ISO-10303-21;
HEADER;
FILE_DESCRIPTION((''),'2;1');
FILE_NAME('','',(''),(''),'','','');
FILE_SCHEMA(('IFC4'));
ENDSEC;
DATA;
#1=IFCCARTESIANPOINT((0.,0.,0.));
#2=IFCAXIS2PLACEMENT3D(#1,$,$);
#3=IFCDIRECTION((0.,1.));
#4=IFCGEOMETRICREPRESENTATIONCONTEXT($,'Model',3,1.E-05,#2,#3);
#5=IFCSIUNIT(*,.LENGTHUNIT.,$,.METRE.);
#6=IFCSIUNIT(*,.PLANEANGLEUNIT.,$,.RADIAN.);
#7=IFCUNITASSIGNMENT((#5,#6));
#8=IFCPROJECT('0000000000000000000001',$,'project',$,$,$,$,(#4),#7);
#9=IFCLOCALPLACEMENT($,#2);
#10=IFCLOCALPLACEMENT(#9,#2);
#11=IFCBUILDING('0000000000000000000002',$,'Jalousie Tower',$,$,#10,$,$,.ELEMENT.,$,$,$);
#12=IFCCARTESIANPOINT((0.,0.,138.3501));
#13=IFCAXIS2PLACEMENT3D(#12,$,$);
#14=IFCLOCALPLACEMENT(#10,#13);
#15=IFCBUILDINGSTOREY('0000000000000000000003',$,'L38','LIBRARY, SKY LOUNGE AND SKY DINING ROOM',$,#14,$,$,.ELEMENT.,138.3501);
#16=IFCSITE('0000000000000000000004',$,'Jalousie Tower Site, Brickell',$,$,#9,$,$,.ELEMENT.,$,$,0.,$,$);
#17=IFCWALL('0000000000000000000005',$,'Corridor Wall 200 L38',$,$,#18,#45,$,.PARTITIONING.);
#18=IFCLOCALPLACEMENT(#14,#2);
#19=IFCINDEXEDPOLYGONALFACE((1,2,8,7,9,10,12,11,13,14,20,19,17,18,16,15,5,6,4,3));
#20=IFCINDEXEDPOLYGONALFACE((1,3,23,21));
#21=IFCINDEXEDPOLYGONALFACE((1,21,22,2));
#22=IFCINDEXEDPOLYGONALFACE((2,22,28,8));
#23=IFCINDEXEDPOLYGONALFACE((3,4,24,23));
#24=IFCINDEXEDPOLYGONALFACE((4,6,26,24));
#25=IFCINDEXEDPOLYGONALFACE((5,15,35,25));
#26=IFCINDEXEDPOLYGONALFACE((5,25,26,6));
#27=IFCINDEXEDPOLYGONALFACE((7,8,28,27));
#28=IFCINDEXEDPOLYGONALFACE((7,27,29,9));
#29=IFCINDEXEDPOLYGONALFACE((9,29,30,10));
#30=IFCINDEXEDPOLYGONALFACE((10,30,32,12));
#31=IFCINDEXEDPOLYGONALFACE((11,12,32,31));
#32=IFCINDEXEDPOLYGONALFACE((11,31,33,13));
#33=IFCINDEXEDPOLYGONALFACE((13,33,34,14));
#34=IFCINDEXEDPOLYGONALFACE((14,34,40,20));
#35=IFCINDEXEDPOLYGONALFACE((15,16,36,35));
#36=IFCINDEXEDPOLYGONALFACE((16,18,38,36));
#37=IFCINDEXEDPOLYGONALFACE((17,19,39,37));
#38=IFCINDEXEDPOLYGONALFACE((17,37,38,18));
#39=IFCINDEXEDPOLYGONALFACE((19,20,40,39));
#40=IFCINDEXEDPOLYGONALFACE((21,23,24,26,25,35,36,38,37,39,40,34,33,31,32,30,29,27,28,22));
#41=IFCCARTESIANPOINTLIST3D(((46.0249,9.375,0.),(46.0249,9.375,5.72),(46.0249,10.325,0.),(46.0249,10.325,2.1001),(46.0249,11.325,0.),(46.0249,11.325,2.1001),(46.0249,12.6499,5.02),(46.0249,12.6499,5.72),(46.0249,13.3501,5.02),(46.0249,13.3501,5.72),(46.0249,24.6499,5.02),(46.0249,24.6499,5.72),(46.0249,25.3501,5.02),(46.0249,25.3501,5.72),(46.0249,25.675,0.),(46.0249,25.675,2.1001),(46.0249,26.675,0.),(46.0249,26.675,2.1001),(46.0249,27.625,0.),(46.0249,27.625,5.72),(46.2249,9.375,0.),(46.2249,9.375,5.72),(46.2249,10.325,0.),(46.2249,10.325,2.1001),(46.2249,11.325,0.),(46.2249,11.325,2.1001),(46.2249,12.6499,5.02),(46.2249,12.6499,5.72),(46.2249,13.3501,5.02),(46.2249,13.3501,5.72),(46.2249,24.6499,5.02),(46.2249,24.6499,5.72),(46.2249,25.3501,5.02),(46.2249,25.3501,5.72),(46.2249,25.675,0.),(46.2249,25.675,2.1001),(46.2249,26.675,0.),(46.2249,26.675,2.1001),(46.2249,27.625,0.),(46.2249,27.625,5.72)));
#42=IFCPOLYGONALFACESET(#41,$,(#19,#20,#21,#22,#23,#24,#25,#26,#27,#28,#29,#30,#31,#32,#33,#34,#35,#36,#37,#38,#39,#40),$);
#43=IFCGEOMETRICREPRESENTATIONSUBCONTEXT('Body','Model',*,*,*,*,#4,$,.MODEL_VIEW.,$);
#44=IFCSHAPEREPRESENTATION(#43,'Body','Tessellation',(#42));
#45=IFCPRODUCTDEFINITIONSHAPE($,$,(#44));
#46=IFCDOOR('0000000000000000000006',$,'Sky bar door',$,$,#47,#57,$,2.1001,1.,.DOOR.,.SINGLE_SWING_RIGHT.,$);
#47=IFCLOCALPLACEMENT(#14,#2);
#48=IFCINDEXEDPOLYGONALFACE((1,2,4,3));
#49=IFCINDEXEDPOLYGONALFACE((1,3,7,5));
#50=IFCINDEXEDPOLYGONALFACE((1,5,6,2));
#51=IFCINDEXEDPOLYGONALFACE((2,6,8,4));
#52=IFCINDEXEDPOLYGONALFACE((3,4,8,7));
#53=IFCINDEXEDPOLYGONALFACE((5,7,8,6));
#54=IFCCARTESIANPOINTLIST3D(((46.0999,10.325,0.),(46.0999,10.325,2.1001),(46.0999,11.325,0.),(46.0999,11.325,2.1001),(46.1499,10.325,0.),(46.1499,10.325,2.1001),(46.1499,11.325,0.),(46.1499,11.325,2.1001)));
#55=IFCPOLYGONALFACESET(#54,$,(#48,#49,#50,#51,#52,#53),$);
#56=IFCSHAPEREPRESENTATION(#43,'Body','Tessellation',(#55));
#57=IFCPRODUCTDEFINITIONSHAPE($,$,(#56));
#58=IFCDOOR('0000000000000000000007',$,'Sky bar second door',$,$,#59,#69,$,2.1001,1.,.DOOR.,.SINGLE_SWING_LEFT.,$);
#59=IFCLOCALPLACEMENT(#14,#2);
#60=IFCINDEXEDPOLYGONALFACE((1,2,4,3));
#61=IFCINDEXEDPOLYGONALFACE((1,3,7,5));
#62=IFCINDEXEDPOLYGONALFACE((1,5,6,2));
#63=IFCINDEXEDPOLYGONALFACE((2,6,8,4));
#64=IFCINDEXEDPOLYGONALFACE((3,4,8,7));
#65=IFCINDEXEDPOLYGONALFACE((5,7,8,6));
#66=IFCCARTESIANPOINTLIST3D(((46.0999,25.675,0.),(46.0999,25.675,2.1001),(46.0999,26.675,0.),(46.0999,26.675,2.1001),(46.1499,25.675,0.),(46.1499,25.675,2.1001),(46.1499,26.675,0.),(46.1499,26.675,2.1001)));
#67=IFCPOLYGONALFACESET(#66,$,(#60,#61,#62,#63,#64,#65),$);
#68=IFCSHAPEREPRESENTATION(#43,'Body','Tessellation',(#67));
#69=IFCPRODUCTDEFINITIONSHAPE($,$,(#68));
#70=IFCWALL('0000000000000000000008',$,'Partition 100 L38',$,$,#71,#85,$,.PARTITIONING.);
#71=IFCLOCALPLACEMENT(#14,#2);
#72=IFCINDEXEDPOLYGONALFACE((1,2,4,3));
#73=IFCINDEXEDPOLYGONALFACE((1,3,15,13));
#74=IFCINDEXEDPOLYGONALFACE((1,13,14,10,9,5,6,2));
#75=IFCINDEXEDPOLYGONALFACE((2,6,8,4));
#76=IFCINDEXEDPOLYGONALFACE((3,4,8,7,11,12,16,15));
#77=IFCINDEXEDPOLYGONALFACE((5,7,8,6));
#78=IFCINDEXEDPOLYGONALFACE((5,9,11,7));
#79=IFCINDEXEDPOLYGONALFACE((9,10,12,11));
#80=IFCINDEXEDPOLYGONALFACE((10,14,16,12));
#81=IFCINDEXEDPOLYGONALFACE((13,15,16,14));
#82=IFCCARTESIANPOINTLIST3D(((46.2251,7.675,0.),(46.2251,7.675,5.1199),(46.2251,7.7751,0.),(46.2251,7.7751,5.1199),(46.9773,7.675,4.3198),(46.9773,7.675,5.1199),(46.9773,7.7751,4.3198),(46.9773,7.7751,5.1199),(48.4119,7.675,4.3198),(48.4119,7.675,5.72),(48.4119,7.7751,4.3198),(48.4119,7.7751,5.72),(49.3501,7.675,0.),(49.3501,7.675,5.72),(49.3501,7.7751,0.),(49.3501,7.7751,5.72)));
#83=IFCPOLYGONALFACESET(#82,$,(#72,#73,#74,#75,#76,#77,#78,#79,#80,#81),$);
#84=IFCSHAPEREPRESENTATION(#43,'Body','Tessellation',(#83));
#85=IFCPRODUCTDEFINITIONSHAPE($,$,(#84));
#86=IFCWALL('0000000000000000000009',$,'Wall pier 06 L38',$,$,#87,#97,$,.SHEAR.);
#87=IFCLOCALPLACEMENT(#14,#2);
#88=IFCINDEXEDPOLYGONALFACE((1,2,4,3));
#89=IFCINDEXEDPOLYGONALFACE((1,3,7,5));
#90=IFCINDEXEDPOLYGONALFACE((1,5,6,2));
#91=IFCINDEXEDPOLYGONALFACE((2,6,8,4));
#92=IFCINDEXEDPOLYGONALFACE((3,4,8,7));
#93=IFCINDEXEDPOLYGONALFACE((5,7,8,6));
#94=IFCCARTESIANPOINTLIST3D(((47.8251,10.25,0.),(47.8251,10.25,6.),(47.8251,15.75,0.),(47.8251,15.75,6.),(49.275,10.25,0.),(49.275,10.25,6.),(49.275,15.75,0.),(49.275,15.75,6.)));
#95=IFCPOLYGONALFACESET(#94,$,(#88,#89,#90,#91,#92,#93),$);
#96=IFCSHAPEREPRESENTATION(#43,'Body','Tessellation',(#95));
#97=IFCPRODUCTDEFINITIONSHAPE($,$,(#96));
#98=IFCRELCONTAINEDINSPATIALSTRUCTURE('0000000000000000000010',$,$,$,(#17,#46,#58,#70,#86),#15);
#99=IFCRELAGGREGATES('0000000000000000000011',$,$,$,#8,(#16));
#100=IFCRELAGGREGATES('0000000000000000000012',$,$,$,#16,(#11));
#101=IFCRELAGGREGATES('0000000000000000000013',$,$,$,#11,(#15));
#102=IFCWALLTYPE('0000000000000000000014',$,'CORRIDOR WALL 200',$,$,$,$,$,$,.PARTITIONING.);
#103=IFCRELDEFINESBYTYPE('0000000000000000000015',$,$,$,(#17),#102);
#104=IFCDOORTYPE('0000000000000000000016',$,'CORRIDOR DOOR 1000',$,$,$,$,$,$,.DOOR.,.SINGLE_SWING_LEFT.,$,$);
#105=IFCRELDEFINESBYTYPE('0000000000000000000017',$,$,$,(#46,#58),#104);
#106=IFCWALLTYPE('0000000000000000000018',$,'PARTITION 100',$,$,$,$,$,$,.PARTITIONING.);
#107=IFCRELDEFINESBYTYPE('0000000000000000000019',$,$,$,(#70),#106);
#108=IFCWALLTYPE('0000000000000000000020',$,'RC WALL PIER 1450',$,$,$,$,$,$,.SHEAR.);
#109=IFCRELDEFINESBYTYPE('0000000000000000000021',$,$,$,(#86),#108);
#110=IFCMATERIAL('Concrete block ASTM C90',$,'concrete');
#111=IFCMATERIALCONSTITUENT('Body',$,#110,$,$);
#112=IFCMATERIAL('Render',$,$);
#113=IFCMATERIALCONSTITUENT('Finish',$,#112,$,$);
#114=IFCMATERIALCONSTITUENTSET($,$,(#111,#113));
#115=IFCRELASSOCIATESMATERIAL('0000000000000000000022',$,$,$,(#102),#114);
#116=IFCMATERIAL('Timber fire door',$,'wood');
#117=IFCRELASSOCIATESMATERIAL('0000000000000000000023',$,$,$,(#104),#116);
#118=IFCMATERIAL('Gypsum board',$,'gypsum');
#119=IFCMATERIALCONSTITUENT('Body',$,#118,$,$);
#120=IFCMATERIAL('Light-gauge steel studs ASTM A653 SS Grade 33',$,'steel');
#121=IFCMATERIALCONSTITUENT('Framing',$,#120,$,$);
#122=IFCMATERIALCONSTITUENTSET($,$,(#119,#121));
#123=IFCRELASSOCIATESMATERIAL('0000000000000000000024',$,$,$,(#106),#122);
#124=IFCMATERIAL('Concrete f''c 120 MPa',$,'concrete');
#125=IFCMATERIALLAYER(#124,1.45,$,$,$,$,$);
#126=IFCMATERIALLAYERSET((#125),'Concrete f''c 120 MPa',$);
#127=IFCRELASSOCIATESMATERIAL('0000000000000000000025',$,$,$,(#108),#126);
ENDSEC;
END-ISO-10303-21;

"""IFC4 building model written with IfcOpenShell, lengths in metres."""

from ifc_helpers import new_model, si_unit, direction, frame, frame_2d, origin, place, context, subcontext, project, spatial, polyline, rectangle, outline, extrude, material, layer, layer_set, constituent, constituent_set, type_object, element, fill, save


model = new_model("IFC4")

# Units and contexts
model_context = context("Model", 3, precision=1e-05, world=origin(), true_north=direction((0.0, 1.0)))
body_context = subcontext(model_context, "Body", "Model", "MODEL_VIEW")
ifc_project = project(units=[si_unit("LENGTHUNIT", "METRE"), si_unit("PLANEANGLEUNIT", "RADIAN")], contexts=[model_context])

# Site, building, storey
site_placement = place(None, origin())
site = spatial("IfcSite", under=ifc_project, at=site_placement, Name="Jalousie Tower Site, Brickell", CompositionType="ELEMENT", RefElevation=0.0)
building_placement = place(site_placement, origin())
building = spatial("IfcBuilding", under=site, at=building_placement, Name="Jalousie Tower", CompositionType="ELEMENT")
storey_placement = place(building_placement, frame((0.0, 0.0, 138.3501)))
storey = spatial("IfcBuildingStorey", under=building, at=storey_placement, Name="L38", Description="LIBRARY, SKY LOUNGE AND SKY DINING ROOM", CompositionType="ELEMENT", Elevation=138.3501)

# Shared definitions
ifc_material_1 = material(Name="Concrete block ASTM C90", Category="concrete")
ifc_constituent_1 = constituent(ifc_material_1, Name="Body")
ifc_material_2 = material(Name="Render")
ifc_constituent_2 = constituent(ifc_material_2, Name="Finish")
ifc_constituent_set_1 = constituent_set(constituents=[ifc_constituent_1, ifc_constituent_2])
wall_type_1 = type_object("IfcWallType", Name="CORRIDOR WALL 200", PredefinedType="PARTITIONING", material=ifc_constituent_set_1)

# Wall, openings, doors
wall_1_placement = place(storey_placement, frame((46.125, 9.375, 0.0), z_axis=(0.0, 0.0, 1.0), x_axis=(0.0, 1.0, 0.0)))
wall_1 = element("IfcWall", 1, at=wall_1_placement, inside=storey, type_object=wall_type_1, Name="Corridor Wall 200 L38", PredefinedType="PARTITIONING", context=body_context, shape_type="SweptSolid", body=[
    extrude(outline(polyline([(0.0, 0.0), (18.25, 0.0), (18.25, 5.72), (15.9751, 5.72), (15.9751, 5.02), (15.2749, 5.02), (15.2749, 5.72), (3.9751, 5.72), (3.9751, 5.02), (3.2749, 5.02), (3.2749, 5.72), (0.0, 5.72), (0.0, 0.0)])), frame((0.0, 0.1001, 0.0), z_axis=(0.0, -1.0, 0.0), x_axis=(1.0, 0.0, 0.0)), (0.0, 0.0, 1.0), 0.2),
])
opening_1_placement = place(wall_1_placement, frame((0.95, 0.0, 0.0)))
opening_1 = element("IfcOpeningElement", 2, at=opening_1_placement, cuts=wall_1, PredefinedType="OPENING", context=body_context, shape_type="SweptSolid", body=[
    extrude(rectangle(XDim=1.0, YDim=2.1001, at=frame_2d((0.5, 1.05))), frame((0.0, 0.1099, 0.0), z_axis=(0.0, -1.0, 0.0), x_axis=(1.0, 0.0, 0.0)), (0.0, 0.0, 1.0), 0.22),
])
opening_2_placement = place(wall_1_placement, frame((16.3, 0.0, 0.0)))
opening_2 = element("IfcOpeningElement", 3, at=opening_2_placement, cuts=wall_1, PredefinedType="OPENING", context=body_context, shape_type="SweptSolid", body=[
    extrude(rectangle(XDim=1.0, YDim=2.1001, at=frame_2d((0.5, 1.05))), frame((0.0, 0.1099, 0.0), z_axis=(0.0, -1.0, 0.0), x_axis=(1.0, 0.0, 0.0)), (0.0, 0.0, 1.0), 0.22),
])
ifc_material_3 = material(Name="Timber fire door", Category="wood")
door_type = type_object("IfcDoorType", Name="CORRIDOR DOOR 1000", OperationType="SINGLE_SWING_LEFT", PredefinedType="DOOR", material=ifc_material_3)
door_1_placement = place(opening_1_placement, frame((1.0, 0.0, 0.0), z_axis=(0.0, 0.0, 1.0), x_axis=(-1.0, 0.0, 0.0)))
door_1 = element("IfcDoor", 4, at=door_1_placement, inside=storey, type_object=door_type, Name="Sky bar door", OperationType="SINGLE_SWING_RIGHT", OverallHeight=2.1001, OverallWidth=1.0, PredefinedType="DOOR", context=body_context, shape_type="SweptSolid", body=[
    extrude(rectangle(XDim=1.0, YDim=2.1001, at=frame_2d((0.5, 1.05))), frame((0.0, 0.0249, 0.0), z_axis=(0.0, -1.0, 0.0), x_axis=(1.0, 0.0, 0.0)), (0.0, 0.0, 1.0), 0.05),
])
fill(opening_1, door_1)
door_2_placement = place(opening_2_placement, frame((1.0, 0.0, 0.0), z_axis=(0.0, 0.0, 1.0), x_axis=(-1.0, 0.0, 0.0)))
door_2 = element("IfcDoor", 5, at=door_2_placement, inside=storey, type_object=door_type, Name="Sky bar second door", OperationType="SINGLE_SWING_LEFT", OverallHeight=2.1001, OverallWidth=1.0, PredefinedType="DOOR", context=body_context, shape_type="SweptSolid", body=[
    extrude(rectangle(XDim=1.0, YDim=2.1001, at=frame_2d((0.5, 1.05))), frame((0.0, 0.0249, 0.0), z_axis=(0.0, -1.0, 0.0), x_axis=(1.0, 0.0, 0.0)), (0.0, 0.0, 1.0), 0.05),
])
fill(opening_2, door_2)

# Walls
ifc_material_4 = material(Name="Gypsum board", Category="gypsum")
ifc_constituent_3 = constituent(ifc_material_4, Name="Body")
ifc_material_5 = material(Name="Light-gauge steel studs ASTM A653 SS Grade 33", Category="steel")
ifc_constituent_4 = constituent(ifc_material_5, Name="Framing")
ifc_constituent_set_2 = constituent_set(constituents=[ifc_constituent_3, ifc_constituent_4])
wall_type_2 = type_object("IfcWallType", Name="PARTITION 100", PredefinedType="PARTITIONING", material=ifc_constituent_set_2)
wall_2_placement = place(storey_placement, frame((46.2251, 7.7251, 0.0), z_axis=(0.0, 0.0, 1.0), x_axis=(1.0, 0.0, 0.0)))
element("IfcWall", 6, at=wall_2_placement, inside=storey, type_object=wall_type_2, Name="Partition 100 L38", PredefinedType="PARTITIONING", context=body_context, shape_type="SweptSolid", body=[
    extrude(outline(polyline([(0.0, 0.0), (3.125, 0.0), (3.125, 5.72), (2.1868, 5.72), (2.1868, 4.3198), (0.7522, 4.3198), (0.7522, 5.1199), (0.0, 5.1199), (0.0, 0.0)])), frame((0.0, 0.05, 0.0), z_axis=(0.0, -1.0, 0.0), x_axis=(1.0, 0.0, 0.0)), (0.0, 0.0, 1.0), 0.1001),
])
ifc_material_6 = material(Name="Concrete f'c 120 MPa", Category="concrete")
ifc_layer_1 = layer(ifc_material_6, 1.45)
ifc_layer_set_1 = layer_set([ifc_layer_1], Name="Concrete f'c 120 MPa")
wall_type_3 = type_object("IfcWallType", Name="RC WALL PIER 1450", PredefinedType="SHEAR", material=ifc_layer_set_1)
wall_3_placement = place(storey_placement, frame((48.55, 10.25, 0.0), z_axis=(0.0, 0.0, 1.0), x_axis=(0.0, 1.0, 0.0)))
element("IfcWall", 7, at=wall_3_placement, inside=storey, type_object=wall_type_3, Name="Wall pier 06 L38", PredefinedType="SHEAR", context=body_context, shape_type="SweptSolid", body=[
    extrude(rectangle(XDim=5.5, YDim=1.45, at=frame_2d((2.75, 0.0))), origin(), (0.0, 0.0, 1.0), 6.0),
])

save(model, "model.ifc")
